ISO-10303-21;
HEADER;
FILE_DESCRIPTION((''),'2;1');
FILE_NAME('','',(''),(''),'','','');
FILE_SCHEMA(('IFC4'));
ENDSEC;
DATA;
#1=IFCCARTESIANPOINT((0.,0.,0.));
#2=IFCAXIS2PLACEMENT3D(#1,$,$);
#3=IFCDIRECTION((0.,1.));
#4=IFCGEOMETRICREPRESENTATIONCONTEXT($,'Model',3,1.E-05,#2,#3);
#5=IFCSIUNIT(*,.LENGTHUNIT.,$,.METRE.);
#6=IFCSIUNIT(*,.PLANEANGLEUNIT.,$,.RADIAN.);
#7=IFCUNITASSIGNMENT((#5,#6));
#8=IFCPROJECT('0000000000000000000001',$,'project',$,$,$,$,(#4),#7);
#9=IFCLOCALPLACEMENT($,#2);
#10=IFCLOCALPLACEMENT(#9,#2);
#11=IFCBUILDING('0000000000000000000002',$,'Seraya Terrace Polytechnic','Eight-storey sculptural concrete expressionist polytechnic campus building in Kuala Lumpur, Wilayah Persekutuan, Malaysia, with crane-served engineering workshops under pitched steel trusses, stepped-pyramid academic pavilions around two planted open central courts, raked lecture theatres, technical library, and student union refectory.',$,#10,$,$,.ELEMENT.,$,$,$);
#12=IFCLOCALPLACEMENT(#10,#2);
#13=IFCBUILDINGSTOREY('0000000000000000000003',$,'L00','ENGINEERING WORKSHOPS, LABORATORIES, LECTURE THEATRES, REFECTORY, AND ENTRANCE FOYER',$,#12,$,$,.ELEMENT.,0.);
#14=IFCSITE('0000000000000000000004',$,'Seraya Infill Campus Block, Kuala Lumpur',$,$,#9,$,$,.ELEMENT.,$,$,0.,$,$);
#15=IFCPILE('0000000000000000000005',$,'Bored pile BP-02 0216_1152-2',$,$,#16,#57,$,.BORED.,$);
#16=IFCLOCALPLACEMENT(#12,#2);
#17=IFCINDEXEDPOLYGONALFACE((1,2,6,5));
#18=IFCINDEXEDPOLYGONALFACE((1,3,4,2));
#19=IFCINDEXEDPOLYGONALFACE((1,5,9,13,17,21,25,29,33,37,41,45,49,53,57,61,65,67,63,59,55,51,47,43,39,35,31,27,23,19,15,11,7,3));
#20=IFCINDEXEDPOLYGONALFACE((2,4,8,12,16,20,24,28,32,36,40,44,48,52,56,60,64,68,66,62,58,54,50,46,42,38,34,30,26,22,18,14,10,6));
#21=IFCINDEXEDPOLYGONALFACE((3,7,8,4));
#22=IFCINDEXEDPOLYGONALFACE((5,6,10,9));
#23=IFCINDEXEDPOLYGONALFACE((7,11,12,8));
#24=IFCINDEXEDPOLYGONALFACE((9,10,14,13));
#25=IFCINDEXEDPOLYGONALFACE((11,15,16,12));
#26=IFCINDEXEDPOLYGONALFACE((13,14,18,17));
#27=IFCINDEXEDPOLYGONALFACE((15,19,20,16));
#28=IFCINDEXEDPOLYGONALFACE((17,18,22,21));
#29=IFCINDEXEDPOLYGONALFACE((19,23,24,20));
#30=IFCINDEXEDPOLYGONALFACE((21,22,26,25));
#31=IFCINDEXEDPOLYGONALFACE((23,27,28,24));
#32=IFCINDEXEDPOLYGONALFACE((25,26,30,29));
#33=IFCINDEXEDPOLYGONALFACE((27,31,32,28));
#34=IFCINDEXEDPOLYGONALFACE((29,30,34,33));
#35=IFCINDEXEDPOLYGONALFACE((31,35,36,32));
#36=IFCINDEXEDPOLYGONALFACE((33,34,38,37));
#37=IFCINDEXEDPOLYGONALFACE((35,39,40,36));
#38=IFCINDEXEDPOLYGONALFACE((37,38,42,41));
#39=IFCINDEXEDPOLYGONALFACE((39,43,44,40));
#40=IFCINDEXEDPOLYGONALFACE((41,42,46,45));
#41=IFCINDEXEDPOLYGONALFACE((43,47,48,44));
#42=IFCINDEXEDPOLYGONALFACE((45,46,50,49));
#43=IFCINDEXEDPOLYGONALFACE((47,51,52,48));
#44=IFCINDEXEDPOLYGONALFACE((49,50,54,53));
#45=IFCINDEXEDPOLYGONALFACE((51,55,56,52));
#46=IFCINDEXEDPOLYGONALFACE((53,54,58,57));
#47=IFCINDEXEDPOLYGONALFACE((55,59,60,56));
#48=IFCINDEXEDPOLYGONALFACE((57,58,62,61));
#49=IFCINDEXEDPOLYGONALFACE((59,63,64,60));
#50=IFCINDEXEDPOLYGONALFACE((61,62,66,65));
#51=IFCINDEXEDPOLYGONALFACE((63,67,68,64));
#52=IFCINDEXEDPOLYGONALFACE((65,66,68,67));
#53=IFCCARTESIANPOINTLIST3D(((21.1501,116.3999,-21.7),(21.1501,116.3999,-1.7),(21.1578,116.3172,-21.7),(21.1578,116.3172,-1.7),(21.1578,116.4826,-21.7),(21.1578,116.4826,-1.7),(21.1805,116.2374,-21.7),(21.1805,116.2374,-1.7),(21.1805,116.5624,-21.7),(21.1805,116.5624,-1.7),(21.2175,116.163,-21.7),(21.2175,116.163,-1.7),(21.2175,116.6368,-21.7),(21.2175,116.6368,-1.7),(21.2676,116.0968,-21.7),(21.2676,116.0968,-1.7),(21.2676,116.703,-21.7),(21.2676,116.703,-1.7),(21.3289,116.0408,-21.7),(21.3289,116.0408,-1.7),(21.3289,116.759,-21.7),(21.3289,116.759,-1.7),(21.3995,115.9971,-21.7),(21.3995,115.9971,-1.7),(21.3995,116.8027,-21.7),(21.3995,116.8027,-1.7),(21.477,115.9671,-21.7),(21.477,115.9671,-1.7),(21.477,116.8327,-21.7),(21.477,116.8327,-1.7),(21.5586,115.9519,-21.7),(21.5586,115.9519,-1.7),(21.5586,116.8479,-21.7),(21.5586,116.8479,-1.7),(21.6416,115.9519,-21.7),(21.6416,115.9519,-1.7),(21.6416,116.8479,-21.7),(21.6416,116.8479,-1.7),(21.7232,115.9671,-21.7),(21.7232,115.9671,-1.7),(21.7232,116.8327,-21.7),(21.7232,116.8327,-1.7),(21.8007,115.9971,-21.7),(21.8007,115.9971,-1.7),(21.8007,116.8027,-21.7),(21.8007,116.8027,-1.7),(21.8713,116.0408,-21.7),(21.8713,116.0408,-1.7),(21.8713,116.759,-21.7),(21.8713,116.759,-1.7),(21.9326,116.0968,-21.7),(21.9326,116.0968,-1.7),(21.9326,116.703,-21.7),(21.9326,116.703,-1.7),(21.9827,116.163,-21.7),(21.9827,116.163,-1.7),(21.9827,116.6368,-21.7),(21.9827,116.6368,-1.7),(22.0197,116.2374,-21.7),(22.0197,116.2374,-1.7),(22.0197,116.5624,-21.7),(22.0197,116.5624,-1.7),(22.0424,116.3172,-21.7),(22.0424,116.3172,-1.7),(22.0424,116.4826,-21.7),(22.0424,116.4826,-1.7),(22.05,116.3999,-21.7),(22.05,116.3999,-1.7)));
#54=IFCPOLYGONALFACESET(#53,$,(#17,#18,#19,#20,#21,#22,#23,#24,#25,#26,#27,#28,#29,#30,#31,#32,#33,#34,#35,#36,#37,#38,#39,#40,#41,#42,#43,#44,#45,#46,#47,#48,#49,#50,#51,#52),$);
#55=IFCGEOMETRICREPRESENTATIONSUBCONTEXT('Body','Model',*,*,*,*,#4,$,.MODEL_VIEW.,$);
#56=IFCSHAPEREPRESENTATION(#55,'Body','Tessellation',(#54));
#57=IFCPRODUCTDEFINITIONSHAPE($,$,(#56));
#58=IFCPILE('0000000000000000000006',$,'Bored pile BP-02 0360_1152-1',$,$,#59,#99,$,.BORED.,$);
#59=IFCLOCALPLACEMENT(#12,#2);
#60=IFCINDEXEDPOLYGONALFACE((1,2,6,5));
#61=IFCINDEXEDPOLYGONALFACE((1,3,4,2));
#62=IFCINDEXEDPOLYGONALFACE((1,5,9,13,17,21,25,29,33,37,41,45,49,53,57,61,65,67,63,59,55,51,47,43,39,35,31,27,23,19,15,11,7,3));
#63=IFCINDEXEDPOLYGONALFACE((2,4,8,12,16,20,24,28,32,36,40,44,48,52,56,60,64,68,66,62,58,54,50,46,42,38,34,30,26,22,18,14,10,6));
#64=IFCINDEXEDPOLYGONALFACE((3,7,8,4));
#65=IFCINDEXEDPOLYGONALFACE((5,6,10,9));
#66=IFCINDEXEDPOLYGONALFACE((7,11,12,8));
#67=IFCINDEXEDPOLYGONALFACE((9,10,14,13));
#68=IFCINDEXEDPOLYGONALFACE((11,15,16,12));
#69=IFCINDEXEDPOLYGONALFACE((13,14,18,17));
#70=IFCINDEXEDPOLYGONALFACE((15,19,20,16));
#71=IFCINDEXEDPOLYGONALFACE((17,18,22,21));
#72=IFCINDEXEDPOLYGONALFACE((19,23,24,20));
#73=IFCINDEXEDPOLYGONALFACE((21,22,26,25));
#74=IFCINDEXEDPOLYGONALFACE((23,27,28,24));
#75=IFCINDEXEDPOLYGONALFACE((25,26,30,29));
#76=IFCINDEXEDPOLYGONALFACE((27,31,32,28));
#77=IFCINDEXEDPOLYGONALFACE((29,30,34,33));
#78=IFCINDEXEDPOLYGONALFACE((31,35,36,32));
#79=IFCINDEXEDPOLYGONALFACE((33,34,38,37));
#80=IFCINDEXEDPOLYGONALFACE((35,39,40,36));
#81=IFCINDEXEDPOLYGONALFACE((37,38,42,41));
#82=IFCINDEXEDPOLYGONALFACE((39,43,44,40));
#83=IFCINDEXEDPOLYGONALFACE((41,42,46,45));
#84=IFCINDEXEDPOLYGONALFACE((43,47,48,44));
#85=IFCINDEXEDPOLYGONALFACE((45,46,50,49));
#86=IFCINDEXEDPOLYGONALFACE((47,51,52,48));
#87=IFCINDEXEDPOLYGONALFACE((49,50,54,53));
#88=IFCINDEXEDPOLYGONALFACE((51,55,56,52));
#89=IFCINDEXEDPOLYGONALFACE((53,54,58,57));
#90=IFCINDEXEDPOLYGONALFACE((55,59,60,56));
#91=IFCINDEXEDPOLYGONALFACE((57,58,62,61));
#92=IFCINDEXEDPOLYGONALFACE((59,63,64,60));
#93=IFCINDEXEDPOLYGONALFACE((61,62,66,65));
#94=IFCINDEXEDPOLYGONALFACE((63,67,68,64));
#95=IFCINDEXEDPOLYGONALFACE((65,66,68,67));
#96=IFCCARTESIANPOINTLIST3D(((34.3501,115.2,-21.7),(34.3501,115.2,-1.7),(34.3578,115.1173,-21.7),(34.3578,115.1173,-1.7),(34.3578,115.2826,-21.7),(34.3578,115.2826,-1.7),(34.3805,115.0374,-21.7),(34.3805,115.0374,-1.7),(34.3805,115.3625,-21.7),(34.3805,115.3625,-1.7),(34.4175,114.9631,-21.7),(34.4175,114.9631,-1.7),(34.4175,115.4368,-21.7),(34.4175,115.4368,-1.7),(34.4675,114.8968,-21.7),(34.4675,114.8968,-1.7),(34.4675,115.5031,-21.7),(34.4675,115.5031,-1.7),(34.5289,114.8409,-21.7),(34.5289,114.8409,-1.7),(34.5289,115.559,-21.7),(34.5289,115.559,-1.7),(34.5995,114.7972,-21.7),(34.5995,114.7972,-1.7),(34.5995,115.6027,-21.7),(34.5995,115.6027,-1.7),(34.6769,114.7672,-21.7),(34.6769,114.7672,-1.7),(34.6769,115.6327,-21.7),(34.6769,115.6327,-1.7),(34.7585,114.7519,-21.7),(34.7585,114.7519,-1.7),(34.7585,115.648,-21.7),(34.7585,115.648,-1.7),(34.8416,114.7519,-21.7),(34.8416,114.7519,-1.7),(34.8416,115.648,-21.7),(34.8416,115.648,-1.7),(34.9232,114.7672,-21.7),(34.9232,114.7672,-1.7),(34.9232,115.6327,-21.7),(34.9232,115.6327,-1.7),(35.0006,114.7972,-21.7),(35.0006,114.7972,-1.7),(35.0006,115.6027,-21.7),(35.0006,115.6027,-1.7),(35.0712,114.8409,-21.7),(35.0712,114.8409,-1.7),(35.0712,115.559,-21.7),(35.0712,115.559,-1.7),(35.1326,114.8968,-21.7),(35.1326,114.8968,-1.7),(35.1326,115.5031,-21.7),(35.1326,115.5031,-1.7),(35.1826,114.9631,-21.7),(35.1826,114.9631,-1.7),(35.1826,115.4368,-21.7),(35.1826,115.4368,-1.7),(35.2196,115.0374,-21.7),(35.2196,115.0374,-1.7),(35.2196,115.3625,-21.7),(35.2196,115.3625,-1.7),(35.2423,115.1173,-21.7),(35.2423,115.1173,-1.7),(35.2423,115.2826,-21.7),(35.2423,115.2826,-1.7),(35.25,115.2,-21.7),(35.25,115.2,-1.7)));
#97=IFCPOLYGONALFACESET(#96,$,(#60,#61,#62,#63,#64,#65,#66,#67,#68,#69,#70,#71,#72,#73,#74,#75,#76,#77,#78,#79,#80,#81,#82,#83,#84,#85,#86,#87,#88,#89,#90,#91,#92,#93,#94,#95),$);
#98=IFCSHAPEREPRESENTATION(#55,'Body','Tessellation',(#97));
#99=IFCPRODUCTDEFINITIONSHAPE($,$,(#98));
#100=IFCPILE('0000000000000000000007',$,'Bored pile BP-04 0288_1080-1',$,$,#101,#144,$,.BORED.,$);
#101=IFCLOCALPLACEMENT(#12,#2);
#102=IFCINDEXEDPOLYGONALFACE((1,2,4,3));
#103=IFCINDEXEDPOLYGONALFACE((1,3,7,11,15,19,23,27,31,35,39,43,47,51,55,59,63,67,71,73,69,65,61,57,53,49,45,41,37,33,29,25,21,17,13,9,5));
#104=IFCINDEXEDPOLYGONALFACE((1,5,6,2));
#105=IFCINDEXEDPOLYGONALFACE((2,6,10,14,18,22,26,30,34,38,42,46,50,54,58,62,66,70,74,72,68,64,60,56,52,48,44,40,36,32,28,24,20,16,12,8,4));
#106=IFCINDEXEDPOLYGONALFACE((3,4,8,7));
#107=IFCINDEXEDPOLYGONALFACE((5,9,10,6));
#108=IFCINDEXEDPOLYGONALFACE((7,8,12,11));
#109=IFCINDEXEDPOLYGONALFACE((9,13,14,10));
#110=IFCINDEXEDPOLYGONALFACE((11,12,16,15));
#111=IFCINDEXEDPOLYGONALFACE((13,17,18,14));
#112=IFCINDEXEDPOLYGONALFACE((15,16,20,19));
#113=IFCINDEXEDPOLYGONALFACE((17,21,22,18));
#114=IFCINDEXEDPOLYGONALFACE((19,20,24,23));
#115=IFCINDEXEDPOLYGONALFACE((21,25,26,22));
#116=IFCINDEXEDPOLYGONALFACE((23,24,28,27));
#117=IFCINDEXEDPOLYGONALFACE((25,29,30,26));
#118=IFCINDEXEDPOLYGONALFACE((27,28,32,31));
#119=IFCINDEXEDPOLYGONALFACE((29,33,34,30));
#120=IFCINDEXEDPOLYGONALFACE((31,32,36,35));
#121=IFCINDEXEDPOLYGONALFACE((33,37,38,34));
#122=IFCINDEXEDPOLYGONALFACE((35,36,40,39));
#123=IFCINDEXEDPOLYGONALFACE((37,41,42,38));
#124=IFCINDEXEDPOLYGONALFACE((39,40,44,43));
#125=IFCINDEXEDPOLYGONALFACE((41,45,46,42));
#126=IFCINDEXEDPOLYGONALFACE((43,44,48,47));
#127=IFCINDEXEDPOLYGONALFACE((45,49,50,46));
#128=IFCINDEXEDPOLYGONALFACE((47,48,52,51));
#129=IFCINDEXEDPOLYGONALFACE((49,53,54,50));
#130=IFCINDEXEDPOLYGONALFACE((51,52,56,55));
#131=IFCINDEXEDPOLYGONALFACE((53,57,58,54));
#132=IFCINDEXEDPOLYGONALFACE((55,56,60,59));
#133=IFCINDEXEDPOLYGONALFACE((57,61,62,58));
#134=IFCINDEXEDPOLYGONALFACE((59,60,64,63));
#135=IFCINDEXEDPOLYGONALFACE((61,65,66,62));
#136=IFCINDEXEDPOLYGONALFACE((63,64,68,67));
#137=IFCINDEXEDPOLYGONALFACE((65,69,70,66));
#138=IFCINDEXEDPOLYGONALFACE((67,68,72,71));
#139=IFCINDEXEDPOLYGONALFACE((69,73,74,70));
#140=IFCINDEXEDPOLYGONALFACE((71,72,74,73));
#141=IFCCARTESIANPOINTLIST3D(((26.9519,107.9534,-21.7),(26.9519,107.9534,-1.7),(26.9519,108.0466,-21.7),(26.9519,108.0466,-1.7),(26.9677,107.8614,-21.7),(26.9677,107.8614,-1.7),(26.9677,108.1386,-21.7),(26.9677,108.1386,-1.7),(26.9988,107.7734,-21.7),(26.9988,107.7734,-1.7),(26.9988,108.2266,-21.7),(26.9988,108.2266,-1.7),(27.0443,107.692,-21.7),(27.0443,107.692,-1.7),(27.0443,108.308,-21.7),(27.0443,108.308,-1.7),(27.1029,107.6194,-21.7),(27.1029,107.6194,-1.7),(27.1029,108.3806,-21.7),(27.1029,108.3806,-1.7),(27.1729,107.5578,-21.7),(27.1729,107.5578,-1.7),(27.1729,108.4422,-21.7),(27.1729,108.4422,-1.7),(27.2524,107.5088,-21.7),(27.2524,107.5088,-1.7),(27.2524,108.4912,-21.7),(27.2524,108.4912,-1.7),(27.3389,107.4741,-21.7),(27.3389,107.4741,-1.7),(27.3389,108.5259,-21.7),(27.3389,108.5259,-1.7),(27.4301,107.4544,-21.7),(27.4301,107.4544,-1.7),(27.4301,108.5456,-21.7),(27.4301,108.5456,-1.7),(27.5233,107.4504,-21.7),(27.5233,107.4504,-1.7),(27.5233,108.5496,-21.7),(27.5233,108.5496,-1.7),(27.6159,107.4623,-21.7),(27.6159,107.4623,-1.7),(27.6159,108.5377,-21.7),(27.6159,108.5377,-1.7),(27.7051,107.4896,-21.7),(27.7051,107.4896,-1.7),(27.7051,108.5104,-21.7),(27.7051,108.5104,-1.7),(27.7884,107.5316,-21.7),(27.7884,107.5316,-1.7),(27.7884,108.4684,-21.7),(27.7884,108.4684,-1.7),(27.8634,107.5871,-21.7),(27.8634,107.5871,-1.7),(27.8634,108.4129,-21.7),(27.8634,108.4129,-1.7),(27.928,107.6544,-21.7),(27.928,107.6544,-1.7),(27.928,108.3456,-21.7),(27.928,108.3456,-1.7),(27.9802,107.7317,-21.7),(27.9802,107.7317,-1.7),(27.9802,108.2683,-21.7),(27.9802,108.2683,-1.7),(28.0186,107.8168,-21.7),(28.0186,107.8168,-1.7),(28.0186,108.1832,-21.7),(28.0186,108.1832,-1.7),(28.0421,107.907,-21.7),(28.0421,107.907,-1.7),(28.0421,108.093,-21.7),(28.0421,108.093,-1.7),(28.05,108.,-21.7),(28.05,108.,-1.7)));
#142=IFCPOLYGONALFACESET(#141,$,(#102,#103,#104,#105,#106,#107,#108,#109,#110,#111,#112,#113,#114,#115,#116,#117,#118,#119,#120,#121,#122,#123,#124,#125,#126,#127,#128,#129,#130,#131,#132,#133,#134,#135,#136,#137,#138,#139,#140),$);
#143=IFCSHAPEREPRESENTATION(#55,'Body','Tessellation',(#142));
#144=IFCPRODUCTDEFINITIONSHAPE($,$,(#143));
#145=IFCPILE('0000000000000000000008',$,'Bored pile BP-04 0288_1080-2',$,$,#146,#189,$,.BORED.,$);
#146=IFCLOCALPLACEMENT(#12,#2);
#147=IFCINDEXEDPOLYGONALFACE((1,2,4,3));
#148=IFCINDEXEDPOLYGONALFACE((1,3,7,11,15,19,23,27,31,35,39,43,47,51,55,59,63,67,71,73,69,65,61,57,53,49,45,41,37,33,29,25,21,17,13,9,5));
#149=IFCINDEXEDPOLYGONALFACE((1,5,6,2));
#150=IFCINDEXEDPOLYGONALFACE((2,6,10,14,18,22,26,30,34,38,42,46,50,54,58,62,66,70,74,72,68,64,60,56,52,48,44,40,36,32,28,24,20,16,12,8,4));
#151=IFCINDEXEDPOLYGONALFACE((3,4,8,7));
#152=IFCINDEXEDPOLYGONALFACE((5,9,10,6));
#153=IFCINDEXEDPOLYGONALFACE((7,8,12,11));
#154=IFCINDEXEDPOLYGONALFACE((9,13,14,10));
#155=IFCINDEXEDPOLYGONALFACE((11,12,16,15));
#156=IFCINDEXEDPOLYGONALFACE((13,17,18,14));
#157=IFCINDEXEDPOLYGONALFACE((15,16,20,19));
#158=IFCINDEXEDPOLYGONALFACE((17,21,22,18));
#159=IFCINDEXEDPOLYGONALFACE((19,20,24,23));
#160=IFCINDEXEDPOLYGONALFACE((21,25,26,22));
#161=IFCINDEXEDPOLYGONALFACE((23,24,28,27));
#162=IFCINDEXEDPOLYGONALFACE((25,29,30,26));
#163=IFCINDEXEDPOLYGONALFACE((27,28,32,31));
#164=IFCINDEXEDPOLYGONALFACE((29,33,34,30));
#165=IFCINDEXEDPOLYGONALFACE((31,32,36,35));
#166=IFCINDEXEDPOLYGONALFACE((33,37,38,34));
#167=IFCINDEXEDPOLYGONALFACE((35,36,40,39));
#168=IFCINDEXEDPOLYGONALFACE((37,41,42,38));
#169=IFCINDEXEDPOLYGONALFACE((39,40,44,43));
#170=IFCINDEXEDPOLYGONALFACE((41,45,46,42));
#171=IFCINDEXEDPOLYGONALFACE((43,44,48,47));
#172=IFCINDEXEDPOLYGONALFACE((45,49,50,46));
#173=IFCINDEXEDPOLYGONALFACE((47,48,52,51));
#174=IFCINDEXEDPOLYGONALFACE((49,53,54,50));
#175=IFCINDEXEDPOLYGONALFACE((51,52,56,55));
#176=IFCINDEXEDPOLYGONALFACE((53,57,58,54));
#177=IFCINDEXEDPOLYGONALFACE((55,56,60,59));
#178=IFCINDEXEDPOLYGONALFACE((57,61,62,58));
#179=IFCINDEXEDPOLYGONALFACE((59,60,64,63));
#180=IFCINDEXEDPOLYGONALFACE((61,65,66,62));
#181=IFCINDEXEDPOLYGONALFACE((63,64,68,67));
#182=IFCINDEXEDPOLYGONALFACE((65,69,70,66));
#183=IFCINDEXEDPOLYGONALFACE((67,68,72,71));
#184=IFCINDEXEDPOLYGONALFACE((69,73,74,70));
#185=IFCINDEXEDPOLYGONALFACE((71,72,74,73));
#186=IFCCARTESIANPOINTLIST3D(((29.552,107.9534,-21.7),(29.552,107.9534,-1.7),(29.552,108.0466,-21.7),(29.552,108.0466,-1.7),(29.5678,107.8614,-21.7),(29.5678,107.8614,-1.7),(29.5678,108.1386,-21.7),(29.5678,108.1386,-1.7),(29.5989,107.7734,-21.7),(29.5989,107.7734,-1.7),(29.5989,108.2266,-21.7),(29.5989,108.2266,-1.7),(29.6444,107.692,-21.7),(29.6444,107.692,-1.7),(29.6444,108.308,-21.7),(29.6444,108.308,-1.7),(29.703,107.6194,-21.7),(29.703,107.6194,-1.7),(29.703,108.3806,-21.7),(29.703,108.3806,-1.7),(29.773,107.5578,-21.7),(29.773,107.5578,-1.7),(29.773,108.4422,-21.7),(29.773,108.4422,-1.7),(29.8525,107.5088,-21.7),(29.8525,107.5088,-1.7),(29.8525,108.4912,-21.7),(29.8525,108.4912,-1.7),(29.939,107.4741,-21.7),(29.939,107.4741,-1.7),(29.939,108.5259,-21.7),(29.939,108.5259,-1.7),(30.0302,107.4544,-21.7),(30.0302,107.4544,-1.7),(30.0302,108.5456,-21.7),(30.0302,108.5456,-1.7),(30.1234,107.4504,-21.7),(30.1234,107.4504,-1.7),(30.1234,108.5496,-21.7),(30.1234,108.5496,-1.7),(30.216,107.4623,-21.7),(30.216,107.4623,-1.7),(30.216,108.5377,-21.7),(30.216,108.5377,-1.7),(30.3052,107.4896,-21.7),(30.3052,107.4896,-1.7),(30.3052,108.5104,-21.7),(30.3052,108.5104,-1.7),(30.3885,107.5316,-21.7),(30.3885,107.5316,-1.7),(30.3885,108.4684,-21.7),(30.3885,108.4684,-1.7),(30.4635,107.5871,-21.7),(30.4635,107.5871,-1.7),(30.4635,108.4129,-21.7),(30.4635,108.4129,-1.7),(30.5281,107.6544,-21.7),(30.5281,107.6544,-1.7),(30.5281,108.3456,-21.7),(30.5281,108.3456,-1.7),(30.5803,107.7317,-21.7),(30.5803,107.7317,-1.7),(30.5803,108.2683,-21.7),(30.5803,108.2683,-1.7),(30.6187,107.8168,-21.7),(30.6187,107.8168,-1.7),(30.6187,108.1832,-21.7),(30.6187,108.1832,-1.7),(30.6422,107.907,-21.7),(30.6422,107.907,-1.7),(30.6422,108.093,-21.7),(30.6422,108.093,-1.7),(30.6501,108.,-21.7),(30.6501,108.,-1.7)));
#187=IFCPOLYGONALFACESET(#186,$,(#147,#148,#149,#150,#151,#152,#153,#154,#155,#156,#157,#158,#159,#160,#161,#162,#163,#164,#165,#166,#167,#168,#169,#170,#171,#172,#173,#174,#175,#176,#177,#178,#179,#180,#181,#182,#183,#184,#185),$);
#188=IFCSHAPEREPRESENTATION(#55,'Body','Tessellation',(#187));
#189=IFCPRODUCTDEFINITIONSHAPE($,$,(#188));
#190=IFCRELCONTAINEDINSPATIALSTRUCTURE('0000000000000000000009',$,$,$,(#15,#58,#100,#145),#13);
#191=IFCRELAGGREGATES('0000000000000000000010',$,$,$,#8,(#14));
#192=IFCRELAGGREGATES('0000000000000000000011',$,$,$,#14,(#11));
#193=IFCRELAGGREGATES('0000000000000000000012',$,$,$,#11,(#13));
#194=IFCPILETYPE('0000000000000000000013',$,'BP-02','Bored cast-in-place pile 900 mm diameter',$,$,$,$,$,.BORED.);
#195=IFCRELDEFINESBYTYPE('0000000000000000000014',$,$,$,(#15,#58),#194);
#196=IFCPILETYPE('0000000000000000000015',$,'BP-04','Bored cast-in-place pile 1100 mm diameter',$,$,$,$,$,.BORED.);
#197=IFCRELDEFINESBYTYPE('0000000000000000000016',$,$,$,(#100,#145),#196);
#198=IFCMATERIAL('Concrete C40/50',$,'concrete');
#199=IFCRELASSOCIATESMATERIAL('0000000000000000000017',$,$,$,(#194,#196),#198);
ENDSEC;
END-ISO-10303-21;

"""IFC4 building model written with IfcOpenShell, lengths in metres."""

from ifc_helpers import new_model, si_unit, direction, frame, origin, origin_2d, place, context, subcontext, project, spatial, circle, extrude, material, material_profile, profile_set, type_object, element, save


model = new_model("IFC4")

# Units and contexts
model_context = context("Model", 3, precision=1e-05, world=origin(), true_north=direction((0.0, 1.0)))
body_context = subcontext(model_context, "Body", "Model", "MODEL_VIEW")
ifc_project = project(units=[si_unit("LENGTHUNIT", "METRE"), si_unit("PLANEANGLEUNIT", "RADIAN")], contexts=[model_context])

# Site, building, storey
site_placement = place(None, origin())
site = spatial("IfcSite", under=ifc_project, at=site_placement, Name="Seraya Infill Campus Block, Kuala Lumpur", CompositionType="ELEMENT", RefElevation=0.0)
building_placement = place(site_placement, origin())
building = spatial("IfcBuilding", under=site, at=building_placement, Name="Seraya Terrace Polytechnic", Description="Eight-storey sculptural concrete expressionist polytechnic campus building in Kuala Lumpur, Wilayah Persekutuan, Malaysia, with crane-served engineering workshops under pitched steel trusses, stepped-pyramid academic pavilions around two planted open central courts, raked lecture theatres, technical library, and student union refectory.", CompositionType="ELEMENT")
storey_placement = place(building_placement, origin())
storey = spatial("IfcBuildingStorey", under=building, at=storey_placement, Name="L00", Description="ENGINEERING WORKSHOPS, LABORATORIES, LECTURE THEATRES, REFECTORY, AND ENTRANCE FOYER", CompositionType="ELEMENT", Elevation=0.0)

# Piles
ifc_material_1 = material(Name="Concrete C40/50", Category="concrete")
ifc_material_profile_1 = material_profile(ifc_material_1, circle(Radius=0.45, at=origin_2d()), Name="DIA 900")
ifc_profile_set_1 = profile_set([ifc_material_profile_1], Name="Concrete C40/50")
pile_type_1 = type_object("IfcPileType", Name="BP-02", Description="Bored cast-in-place pile 900 mm diameter", PredefinedType="BORED", material=ifc_profile_set_1)
for number, where, z_axis, x_axis, name in (
    (1, (21.6001, 116.3999, -1.7), (0.0, 0.0, -1.0), (1.0, 0.0, 0.0), "Bored pile BP-02 0216_1152-2"),
    (2, (34.8, 115.2, -1.7), (0.0, 0.0, -1.0), (1.0, 0.0, 0.0), "Bored pile BP-02 0360_1152-1"),
):
    element("IfcPile", number, at=place(storey_placement, frame(where, z_axis=z_axis, x_axis=x_axis)), inside=storey, type_object=pile_type_1, Name=name, PredefinedType="BORED", context=body_context, shape_type="SweptSolid", body=[
        extrude(circle(Radius=0.45, at=origin_2d()), origin(), (0.0, 0.0, 1.0), 20.0),
    ])
ifc_material_profile_2 = material_profile(ifc_material_1, circle(Radius=0.55, at=origin_2d()), Name="DIA 1100")
ifc_profile_set_2 = profile_set([ifc_material_profile_2], Name="Concrete C40/50")
pile_type_2 = type_object("IfcPileType", Name="BP-04", Description="Bored cast-in-place pile 1100 mm diameter", PredefinedType="BORED", material=ifc_profile_set_2)
for number, where, z_axis, x_axis, name in (
    (3, (27.5, 108.0, -1.7), (0.0, 0.0, -1.0), (1.0, 0.0, 0.0), "Bored pile BP-04 0288_1080-1"),
    (4, (30.1001, 108.0, -1.7), (0.0, 0.0, -1.0), (1.0, 0.0, 0.0), "Bored pile BP-04 0288_1080-2"),
):
    element("IfcPile", number, at=place(storey_placement, frame(where, z_axis=z_axis, x_axis=x_axis)), inside=storey, type_object=pile_type_2, Name=name, PredefinedType="BORED", context=body_context, shape_type="SweptSolid", body=[
        extrude(circle(Radius=0.55, at=origin_2d()), origin(), (0.0, 0.0, 1.0), 20.0),
    ])

save(model, "model.ifc")
